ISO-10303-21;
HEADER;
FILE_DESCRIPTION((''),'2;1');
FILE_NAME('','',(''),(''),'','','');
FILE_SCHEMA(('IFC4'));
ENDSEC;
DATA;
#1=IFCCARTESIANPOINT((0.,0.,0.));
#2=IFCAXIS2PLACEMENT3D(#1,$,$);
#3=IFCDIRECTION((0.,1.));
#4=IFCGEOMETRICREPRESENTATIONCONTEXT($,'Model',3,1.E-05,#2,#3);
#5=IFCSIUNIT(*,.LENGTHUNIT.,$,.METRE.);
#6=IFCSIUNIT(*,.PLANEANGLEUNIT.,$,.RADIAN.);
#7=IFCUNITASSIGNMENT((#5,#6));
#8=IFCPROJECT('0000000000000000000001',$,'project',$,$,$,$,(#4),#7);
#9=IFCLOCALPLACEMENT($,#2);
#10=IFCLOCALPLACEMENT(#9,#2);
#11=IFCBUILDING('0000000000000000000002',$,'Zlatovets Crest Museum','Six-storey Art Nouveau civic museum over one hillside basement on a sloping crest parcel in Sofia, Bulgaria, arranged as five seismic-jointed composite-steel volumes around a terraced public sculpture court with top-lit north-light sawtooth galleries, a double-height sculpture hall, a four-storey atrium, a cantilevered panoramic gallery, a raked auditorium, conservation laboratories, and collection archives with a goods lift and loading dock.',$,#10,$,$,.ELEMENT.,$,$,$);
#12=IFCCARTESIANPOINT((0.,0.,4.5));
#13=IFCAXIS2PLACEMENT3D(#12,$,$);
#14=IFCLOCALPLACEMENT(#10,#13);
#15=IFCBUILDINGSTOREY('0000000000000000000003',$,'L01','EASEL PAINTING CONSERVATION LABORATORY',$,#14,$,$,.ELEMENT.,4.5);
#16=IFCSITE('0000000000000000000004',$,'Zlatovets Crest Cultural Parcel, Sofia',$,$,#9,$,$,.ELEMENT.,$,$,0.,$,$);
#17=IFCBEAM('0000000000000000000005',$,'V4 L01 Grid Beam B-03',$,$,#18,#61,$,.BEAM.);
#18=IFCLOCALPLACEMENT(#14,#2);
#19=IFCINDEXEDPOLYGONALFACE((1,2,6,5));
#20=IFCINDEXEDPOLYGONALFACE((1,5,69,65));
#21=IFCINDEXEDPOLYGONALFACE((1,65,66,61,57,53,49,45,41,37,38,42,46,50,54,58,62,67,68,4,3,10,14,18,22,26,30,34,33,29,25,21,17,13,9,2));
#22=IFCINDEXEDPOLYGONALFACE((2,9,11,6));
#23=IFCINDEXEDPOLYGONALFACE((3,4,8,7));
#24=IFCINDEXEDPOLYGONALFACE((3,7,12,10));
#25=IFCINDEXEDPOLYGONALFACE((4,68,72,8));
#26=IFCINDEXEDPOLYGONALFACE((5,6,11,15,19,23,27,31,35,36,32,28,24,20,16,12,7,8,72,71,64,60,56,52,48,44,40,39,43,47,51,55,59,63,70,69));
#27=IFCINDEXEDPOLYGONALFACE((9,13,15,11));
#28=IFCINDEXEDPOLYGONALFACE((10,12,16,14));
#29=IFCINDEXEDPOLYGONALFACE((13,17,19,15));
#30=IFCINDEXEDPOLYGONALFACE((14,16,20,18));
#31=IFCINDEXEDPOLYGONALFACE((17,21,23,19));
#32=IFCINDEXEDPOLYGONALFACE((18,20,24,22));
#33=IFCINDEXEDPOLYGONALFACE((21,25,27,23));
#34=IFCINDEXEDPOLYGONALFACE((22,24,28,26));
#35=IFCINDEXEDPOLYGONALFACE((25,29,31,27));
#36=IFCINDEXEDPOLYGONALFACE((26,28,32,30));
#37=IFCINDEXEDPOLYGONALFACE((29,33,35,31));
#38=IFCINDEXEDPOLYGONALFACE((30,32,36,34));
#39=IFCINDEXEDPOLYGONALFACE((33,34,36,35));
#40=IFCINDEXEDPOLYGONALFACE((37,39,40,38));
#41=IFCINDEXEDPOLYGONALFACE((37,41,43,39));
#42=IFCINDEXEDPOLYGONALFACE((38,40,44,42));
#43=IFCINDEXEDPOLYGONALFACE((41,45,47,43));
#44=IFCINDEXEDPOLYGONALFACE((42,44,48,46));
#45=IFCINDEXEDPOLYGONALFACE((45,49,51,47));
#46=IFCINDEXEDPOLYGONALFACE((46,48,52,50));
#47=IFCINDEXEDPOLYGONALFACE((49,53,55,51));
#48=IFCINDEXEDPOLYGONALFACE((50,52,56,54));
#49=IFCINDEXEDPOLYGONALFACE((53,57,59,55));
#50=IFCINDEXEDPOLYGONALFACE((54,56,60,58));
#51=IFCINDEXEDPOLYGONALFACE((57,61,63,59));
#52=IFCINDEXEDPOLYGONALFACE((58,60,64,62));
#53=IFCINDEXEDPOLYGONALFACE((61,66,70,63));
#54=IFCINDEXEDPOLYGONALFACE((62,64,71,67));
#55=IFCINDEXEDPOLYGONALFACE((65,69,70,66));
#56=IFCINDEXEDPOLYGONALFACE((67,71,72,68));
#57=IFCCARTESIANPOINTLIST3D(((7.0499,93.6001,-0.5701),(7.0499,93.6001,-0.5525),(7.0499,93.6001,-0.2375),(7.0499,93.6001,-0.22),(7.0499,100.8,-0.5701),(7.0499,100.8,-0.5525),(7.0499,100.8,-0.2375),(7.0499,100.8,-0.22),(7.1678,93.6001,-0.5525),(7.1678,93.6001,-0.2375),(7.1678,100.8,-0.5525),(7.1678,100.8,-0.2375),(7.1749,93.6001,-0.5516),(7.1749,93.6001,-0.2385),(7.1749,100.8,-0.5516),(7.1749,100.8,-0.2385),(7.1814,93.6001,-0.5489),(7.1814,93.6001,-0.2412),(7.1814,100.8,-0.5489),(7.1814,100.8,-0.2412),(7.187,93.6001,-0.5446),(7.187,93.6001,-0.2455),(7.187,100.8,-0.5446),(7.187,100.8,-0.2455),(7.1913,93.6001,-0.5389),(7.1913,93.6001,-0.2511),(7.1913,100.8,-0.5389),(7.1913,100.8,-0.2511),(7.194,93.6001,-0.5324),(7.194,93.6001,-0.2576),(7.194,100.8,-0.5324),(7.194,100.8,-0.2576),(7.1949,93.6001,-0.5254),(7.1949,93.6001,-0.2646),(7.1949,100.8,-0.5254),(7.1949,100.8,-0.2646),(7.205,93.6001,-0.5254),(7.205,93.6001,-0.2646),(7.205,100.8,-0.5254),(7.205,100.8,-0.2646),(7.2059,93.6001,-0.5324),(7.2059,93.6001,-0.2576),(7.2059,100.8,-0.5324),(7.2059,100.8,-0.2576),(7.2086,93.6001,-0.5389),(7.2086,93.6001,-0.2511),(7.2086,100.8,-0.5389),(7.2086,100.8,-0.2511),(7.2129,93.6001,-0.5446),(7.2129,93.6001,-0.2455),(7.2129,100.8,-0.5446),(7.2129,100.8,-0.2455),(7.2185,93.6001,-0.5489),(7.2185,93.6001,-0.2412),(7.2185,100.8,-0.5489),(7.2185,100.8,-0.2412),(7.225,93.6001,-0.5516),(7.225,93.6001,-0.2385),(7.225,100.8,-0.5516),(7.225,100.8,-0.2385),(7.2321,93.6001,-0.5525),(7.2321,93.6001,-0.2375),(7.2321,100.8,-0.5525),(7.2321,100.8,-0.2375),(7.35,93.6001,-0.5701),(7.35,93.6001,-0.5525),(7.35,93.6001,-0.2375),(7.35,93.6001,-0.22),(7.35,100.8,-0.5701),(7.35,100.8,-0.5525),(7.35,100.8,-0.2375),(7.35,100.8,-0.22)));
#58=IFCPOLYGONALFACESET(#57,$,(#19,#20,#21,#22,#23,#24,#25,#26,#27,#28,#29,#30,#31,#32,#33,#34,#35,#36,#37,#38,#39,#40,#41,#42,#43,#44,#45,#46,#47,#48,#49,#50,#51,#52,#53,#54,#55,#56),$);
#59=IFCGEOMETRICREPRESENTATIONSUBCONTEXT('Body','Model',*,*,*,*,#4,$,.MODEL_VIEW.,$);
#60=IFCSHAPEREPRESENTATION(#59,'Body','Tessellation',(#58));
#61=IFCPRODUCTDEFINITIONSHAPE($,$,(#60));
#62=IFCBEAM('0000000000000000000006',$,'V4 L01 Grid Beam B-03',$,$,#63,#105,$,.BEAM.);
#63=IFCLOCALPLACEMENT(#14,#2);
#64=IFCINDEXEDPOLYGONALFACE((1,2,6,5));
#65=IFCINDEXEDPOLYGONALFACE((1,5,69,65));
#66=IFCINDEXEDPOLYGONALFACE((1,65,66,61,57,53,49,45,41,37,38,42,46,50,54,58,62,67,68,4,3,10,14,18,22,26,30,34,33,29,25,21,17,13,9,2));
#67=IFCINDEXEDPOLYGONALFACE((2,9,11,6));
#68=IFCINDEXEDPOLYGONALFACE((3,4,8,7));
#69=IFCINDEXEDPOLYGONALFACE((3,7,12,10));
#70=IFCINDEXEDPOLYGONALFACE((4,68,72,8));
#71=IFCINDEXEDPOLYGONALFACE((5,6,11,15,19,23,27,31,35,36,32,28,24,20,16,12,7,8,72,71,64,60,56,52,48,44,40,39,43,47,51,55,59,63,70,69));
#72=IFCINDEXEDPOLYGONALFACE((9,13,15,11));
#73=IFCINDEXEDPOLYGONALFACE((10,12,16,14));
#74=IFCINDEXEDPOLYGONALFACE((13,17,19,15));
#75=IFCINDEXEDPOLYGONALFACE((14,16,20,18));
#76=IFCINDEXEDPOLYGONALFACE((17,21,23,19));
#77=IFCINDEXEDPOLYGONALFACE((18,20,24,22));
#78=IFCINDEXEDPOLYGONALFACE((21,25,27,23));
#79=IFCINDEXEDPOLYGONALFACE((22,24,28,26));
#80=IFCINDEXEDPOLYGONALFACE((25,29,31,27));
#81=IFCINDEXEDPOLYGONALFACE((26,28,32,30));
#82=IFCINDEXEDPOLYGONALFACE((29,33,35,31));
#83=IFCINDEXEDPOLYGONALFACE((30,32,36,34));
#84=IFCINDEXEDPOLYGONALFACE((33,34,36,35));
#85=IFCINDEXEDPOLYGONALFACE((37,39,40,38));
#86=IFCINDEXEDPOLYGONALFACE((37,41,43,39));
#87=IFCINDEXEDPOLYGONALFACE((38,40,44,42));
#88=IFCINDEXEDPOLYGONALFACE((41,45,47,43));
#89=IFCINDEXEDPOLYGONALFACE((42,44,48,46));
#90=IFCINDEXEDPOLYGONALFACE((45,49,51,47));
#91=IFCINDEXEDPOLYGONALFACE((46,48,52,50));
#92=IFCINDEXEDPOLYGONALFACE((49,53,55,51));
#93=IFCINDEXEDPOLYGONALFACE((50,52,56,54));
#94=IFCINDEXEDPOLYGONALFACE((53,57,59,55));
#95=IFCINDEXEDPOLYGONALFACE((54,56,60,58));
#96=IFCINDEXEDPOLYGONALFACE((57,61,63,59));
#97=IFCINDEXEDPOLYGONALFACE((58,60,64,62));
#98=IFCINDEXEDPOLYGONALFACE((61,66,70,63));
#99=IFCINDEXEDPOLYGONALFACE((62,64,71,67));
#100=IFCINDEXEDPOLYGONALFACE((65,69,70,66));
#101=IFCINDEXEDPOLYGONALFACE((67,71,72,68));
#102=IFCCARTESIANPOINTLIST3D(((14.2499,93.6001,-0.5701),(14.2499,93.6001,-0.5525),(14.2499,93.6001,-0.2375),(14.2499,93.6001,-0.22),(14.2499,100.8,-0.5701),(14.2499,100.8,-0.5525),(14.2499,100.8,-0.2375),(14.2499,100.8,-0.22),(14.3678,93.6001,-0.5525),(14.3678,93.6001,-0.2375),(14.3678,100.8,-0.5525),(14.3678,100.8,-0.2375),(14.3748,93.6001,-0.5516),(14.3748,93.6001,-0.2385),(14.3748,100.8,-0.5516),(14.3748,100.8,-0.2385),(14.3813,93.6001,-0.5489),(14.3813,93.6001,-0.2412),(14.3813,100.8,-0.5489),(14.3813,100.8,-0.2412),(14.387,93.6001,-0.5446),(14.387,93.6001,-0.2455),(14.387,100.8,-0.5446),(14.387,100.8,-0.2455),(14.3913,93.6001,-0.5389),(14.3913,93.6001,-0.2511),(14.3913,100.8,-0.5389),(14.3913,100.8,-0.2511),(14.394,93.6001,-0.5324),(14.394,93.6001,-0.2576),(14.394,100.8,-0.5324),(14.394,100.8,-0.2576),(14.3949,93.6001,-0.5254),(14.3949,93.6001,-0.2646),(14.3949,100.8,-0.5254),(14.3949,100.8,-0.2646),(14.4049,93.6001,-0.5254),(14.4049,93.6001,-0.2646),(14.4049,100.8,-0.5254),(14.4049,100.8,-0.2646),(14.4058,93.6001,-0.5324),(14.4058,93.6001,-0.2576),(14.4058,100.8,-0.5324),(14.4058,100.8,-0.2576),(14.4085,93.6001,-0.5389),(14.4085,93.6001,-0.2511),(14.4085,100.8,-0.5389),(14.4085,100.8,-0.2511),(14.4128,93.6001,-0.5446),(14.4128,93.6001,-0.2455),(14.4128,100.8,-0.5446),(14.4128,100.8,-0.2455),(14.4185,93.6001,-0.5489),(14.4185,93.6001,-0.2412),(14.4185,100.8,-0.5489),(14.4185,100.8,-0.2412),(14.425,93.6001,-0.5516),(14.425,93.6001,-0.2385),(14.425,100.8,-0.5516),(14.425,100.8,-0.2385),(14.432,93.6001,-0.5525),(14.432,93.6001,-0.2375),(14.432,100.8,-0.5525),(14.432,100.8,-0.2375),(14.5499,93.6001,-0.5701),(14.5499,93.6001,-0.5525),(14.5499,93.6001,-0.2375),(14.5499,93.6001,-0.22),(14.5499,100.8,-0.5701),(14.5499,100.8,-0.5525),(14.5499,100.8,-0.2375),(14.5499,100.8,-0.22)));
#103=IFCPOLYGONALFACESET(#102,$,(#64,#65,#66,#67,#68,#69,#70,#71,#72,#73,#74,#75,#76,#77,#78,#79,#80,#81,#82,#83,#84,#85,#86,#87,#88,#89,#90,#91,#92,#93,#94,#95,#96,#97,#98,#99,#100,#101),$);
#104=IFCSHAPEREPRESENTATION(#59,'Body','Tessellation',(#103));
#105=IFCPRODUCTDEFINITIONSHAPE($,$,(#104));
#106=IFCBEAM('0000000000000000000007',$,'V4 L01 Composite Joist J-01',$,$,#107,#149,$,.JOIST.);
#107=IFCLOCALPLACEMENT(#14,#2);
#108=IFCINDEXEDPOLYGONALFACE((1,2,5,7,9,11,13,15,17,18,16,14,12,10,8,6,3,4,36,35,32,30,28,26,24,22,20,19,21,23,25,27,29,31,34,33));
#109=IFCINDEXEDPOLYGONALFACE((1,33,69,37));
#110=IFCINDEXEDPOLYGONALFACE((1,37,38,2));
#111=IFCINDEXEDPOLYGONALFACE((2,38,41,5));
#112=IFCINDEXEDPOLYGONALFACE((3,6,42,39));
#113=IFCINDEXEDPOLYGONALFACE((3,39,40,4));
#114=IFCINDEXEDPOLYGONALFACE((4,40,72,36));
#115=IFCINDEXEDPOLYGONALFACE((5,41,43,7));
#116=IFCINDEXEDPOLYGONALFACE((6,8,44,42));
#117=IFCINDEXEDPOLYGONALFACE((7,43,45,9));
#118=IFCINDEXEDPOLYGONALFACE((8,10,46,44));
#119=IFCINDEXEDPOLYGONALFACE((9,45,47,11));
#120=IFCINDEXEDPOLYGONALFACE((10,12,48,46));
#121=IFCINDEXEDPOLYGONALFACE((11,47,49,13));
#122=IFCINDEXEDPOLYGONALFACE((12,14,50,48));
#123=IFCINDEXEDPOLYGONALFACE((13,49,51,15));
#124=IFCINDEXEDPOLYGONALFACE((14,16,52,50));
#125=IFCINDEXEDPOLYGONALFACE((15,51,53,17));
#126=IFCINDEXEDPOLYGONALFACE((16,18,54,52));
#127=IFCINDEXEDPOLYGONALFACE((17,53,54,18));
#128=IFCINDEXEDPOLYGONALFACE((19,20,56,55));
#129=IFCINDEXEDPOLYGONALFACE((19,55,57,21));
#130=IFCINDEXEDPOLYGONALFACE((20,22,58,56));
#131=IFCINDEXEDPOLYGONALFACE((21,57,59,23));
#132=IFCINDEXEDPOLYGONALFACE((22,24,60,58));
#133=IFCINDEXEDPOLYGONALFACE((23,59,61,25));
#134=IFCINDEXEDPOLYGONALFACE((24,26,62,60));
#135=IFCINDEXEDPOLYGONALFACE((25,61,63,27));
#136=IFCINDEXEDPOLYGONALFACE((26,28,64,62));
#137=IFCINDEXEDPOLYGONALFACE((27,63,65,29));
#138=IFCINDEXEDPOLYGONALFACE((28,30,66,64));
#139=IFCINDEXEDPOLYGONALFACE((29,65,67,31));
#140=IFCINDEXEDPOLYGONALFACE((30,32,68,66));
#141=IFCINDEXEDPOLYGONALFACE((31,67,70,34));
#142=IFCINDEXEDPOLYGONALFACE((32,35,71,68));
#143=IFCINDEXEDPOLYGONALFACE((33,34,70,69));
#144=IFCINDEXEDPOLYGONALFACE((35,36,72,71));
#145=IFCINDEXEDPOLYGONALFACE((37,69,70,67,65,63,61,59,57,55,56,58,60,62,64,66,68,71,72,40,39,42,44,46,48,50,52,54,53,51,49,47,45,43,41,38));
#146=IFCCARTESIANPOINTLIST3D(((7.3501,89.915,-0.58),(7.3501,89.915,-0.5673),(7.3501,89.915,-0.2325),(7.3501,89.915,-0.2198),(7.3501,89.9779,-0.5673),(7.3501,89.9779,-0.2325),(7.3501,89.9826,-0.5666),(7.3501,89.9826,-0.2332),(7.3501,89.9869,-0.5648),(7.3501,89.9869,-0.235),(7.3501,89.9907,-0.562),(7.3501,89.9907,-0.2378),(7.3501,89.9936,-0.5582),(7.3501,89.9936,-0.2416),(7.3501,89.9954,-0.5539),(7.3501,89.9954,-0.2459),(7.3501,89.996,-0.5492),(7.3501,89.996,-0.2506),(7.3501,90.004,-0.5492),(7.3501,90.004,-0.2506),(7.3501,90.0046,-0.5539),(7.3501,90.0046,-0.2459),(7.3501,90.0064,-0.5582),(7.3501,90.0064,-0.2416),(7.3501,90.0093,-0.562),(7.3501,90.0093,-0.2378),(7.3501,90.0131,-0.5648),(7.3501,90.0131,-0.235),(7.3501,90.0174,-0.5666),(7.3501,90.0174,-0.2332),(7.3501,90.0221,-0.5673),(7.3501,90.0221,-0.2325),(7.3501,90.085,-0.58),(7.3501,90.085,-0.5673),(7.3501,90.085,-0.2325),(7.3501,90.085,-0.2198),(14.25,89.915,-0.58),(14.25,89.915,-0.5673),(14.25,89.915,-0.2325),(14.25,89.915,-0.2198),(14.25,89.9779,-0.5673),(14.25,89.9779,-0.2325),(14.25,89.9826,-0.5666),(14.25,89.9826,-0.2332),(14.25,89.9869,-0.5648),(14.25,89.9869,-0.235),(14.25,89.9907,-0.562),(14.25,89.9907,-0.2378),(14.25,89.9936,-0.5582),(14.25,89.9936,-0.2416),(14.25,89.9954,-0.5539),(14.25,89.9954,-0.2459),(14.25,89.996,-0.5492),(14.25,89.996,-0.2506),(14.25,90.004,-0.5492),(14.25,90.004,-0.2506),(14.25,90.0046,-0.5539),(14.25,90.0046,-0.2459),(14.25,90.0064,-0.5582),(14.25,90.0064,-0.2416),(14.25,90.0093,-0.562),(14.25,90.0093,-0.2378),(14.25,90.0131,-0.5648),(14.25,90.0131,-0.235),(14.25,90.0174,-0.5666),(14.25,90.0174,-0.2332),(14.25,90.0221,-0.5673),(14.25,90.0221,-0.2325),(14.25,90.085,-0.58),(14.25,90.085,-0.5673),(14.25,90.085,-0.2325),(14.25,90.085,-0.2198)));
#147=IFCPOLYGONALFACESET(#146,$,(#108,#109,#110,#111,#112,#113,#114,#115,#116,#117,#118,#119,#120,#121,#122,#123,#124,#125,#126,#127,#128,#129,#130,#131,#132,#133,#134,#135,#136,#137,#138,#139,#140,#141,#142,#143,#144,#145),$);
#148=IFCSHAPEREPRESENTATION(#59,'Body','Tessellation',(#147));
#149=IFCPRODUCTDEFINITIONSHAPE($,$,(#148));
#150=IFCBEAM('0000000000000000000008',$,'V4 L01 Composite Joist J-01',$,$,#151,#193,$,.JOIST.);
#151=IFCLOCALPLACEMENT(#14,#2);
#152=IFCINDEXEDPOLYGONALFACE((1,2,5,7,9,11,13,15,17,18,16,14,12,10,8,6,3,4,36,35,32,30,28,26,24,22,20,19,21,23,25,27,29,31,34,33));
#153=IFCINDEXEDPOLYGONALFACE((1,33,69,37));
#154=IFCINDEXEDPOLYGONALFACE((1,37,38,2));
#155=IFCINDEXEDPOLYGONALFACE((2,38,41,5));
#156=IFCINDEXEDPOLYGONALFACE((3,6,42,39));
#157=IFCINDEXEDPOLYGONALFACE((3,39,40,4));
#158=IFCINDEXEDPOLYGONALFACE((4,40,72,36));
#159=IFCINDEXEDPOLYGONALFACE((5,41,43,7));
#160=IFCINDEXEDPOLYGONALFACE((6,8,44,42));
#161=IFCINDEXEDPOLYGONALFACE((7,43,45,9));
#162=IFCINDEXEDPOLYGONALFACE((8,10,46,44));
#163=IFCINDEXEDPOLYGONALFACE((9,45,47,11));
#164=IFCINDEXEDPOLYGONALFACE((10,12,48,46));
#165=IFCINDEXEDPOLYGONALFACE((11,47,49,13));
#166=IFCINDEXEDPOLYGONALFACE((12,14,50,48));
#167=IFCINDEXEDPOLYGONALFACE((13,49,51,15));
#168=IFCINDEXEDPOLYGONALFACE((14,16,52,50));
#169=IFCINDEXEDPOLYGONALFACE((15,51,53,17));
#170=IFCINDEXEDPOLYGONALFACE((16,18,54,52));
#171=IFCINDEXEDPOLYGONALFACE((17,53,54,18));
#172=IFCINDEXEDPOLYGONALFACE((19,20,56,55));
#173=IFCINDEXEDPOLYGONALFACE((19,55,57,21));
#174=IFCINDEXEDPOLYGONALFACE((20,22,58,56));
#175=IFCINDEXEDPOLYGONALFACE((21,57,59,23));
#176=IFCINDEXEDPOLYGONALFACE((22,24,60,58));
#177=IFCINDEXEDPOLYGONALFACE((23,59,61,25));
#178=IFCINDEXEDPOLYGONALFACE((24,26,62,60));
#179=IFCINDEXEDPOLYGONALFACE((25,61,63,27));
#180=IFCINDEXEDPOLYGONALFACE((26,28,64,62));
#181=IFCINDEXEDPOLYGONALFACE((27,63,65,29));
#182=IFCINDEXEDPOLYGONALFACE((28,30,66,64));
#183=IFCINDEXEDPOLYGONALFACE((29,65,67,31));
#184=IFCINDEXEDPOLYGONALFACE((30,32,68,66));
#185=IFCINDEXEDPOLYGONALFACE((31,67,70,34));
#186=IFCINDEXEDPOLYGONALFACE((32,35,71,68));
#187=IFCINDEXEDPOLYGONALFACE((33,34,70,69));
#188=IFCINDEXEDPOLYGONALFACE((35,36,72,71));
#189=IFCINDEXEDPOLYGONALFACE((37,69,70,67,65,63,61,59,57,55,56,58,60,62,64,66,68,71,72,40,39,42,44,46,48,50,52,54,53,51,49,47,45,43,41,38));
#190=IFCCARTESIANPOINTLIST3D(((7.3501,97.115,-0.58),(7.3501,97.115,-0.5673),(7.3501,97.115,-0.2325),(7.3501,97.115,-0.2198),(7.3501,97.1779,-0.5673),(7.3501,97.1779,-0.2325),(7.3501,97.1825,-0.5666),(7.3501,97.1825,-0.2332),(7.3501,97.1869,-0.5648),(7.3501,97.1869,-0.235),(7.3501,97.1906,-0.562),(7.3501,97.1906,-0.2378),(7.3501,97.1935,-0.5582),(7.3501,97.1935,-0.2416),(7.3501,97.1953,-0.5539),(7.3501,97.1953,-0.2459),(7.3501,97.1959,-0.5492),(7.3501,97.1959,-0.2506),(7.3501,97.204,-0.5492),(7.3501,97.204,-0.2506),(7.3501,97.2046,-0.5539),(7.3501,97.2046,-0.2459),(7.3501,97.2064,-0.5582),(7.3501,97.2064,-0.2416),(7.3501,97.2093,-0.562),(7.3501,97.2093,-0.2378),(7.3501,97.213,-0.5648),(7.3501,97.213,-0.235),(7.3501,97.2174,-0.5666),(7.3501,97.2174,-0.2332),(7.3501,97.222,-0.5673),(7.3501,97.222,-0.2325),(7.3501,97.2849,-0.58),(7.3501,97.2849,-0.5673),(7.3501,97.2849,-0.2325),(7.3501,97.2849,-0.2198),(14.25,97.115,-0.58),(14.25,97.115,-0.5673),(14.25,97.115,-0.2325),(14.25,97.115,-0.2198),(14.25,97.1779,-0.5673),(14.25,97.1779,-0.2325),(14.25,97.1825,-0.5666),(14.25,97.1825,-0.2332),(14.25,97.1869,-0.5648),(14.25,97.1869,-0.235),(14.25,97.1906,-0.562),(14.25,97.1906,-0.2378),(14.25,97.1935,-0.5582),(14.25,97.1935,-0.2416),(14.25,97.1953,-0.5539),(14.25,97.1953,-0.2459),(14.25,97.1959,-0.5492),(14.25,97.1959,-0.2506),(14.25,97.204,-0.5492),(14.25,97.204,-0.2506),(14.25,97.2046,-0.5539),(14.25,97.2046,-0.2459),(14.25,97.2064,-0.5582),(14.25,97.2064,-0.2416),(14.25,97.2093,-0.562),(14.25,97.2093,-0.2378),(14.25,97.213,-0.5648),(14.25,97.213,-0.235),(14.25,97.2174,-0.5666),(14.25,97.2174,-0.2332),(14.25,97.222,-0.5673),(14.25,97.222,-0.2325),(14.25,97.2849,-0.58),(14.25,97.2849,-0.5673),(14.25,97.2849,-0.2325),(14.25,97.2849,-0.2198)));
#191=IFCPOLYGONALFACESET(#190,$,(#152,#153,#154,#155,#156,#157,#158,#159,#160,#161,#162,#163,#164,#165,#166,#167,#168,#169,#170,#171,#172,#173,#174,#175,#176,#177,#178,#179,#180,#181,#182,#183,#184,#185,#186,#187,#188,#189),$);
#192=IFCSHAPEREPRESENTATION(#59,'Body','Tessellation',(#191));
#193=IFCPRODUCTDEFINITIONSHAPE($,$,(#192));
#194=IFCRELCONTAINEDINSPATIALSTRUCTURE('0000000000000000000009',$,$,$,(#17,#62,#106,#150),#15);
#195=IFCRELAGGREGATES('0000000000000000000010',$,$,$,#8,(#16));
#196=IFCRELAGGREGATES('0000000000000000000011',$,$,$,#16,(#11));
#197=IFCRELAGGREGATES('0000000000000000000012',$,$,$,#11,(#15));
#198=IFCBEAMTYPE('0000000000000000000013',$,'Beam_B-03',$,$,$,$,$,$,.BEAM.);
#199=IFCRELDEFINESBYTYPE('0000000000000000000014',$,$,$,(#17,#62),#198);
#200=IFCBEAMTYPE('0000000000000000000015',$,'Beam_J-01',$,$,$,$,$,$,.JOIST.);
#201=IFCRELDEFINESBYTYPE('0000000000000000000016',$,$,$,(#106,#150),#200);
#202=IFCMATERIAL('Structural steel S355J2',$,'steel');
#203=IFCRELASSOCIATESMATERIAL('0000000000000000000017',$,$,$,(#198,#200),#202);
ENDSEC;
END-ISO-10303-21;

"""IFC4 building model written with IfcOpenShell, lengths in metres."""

from ifc_helpers import new_model, si_unit, direction, frame, origin, origin_2d, place, context, subcontext, project, spatial, i_section, extrude, material, material_profile, profile_set, type_object, element, save


model = new_model("IFC4")

# Units and contexts
model_context = context("Model", 3, precision=1e-05, world=origin(), true_north=direction((0.0, 1.0)))
body_context = subcontext(model_context, "Body", "Model", "MODEL_VIEW")
ifc_project = project(units=[si_unit("LENGTHUNIT", "METRE"), si_unit("PLANEANGLEUNIT", "RADIAN")], contexts=[model_context])

# Site, building, storey
site_placement = place(None, origin())
site = spatial("IfcSite", under=ifc_project, at=site_placement, Name="Zlatovets Crest Cultural Parcel, Sofia", CompositionType="ELEMENT", RefElevation=0.0)
building_placement = place(site_placement, origin())
building = spatial("IfcBuilding", under=site, at=building_placement, Name="Zlatovets Crest Museum", Description="Six-storey Art Nouveau civic museum over one hillside basement on a sloping crest parcel in Sofia, Bulgaria, arranged as five seismic-jointed composite-steel volumes around a terraced public sculpture court with top-lit north-light sawtooth galleries, a double-height sculpture hall, a four-storey atrium, a cantilevered panoramic gallery, a raked auditorium, conservation laboratories, and collection archives with a goods lift and loading dock.", CompositionType="ELEMENT")
storey_placement = place(building_placement, frame((0.0, 0.0, 4.5)))
storey = spatial("IfcBuildingStorey", under=building, at=storey_placement, Name="L01", Description="EASEL PAINTING CONSERVATION LABORATORY", CompositionType="ELEMENT", Elevation=4.5)

# Shared definitions
ifc_material_1 = material(Name="Structural steel S355J2", Category="steel")

# Beams
ifc_material_profile_1 = material_profile(ifc_material_1, i_section(OverallWidth=0.3, OverallDepth=0.3501, WebThickness=0.01, FlangeThickness=0.0176, FilletRadius=0.0271, at=origin_2d()), Name="HEA 360")
ifc_profile_set_1 = profile_set([ifc_material_profile_1], Name="Structural steel S355J2")
beam_type_1 = type_object("IfcBeamType", Name="Beam_B-03", PredefinedType="BEAM", material=ifc_profile_set_1)
for number, where, z_axis, x_axis, name in (
    (1, (7.2, 93.6001, -0.395), (0.0, 1.0, 0.0), (-1.0, 0.0, 0.0), "V4 L01 Grid Beam B-03"),
    (2, (14.3999, 93.6001, -0.395), (0.0, 1.0, 0.0), (-1.0, 0.0, 0.0), "V4 L01 Grid Beam B-03"),
):
    element("IfcBeam", number, at=place(storey_placement, frame(where, z_axis=z_axis, x_axis=x_axis)), inside=storey, type_object=beam_type_1, Name=name, PredefinedType="BEAM", context=body_context, shape_type="SweptSolid", body=[
        extrude(i_section(OverallWidth=0.3, OverallDepth=0.3501, WebThickness=0.01, FlangeThickness=0.0176, FilletRadius=0.0271, at=origin_2d()), origin(), (0.0, 0.0, 1.0), 7.2),
    ])
ifc_material_profile_2 = material_profile(ifc_material_1, i_section(OverallWidth=0.1699, OverallDepth=0.3601, WebThickness=0.0081, FlangeThickness=0.0127, FilletRadius=0.0181, at=origin_2d()), Name="IPE 360")
ifc_profile_set_2 = profile_set([ifc_material_profile_2], Name="Structural steel S355J2")
beam_type_2 = type_object("IfcBeamType", Name="Beam_J-01", PredefinedType="JOIST", material=ifc_profile_set_2)
for number, where, z_axis, x_axis, name in (
    (3, (7.3501, 90.0, -0.3999), (1.0, 0.0, 0.0), (0.0, 1.0, 0.0), "V4 L01 Composite Joist J-01"),
    (4, (7.3501, 97.2, -0.3999), (1.0, 0.0, 0.0), (0.0, 1.0, 0.0), "V4 L01 Composite Joist J-01"),
):
    element("IfcBeam", number, at=place(storey_placement, frame(where, z_axis=z_axis, x_axis=x_axis)), inside=storey, type_object=beam_type_2, Name=name, PredefinedType="JOIST", context=body_context, shape_type="SweptSolid", body=[
        extrude(i_section(OverallWidth=0.1699, OverallDepth=0.3601, WebThickness=0.0081, FlangeThickness=0.0127, FilletRadius=0.0181, at=origin_2d()), origin(), (0.0, 0.0, 1.0), 6.8999),
    ])

save(model, "model.ifc")
